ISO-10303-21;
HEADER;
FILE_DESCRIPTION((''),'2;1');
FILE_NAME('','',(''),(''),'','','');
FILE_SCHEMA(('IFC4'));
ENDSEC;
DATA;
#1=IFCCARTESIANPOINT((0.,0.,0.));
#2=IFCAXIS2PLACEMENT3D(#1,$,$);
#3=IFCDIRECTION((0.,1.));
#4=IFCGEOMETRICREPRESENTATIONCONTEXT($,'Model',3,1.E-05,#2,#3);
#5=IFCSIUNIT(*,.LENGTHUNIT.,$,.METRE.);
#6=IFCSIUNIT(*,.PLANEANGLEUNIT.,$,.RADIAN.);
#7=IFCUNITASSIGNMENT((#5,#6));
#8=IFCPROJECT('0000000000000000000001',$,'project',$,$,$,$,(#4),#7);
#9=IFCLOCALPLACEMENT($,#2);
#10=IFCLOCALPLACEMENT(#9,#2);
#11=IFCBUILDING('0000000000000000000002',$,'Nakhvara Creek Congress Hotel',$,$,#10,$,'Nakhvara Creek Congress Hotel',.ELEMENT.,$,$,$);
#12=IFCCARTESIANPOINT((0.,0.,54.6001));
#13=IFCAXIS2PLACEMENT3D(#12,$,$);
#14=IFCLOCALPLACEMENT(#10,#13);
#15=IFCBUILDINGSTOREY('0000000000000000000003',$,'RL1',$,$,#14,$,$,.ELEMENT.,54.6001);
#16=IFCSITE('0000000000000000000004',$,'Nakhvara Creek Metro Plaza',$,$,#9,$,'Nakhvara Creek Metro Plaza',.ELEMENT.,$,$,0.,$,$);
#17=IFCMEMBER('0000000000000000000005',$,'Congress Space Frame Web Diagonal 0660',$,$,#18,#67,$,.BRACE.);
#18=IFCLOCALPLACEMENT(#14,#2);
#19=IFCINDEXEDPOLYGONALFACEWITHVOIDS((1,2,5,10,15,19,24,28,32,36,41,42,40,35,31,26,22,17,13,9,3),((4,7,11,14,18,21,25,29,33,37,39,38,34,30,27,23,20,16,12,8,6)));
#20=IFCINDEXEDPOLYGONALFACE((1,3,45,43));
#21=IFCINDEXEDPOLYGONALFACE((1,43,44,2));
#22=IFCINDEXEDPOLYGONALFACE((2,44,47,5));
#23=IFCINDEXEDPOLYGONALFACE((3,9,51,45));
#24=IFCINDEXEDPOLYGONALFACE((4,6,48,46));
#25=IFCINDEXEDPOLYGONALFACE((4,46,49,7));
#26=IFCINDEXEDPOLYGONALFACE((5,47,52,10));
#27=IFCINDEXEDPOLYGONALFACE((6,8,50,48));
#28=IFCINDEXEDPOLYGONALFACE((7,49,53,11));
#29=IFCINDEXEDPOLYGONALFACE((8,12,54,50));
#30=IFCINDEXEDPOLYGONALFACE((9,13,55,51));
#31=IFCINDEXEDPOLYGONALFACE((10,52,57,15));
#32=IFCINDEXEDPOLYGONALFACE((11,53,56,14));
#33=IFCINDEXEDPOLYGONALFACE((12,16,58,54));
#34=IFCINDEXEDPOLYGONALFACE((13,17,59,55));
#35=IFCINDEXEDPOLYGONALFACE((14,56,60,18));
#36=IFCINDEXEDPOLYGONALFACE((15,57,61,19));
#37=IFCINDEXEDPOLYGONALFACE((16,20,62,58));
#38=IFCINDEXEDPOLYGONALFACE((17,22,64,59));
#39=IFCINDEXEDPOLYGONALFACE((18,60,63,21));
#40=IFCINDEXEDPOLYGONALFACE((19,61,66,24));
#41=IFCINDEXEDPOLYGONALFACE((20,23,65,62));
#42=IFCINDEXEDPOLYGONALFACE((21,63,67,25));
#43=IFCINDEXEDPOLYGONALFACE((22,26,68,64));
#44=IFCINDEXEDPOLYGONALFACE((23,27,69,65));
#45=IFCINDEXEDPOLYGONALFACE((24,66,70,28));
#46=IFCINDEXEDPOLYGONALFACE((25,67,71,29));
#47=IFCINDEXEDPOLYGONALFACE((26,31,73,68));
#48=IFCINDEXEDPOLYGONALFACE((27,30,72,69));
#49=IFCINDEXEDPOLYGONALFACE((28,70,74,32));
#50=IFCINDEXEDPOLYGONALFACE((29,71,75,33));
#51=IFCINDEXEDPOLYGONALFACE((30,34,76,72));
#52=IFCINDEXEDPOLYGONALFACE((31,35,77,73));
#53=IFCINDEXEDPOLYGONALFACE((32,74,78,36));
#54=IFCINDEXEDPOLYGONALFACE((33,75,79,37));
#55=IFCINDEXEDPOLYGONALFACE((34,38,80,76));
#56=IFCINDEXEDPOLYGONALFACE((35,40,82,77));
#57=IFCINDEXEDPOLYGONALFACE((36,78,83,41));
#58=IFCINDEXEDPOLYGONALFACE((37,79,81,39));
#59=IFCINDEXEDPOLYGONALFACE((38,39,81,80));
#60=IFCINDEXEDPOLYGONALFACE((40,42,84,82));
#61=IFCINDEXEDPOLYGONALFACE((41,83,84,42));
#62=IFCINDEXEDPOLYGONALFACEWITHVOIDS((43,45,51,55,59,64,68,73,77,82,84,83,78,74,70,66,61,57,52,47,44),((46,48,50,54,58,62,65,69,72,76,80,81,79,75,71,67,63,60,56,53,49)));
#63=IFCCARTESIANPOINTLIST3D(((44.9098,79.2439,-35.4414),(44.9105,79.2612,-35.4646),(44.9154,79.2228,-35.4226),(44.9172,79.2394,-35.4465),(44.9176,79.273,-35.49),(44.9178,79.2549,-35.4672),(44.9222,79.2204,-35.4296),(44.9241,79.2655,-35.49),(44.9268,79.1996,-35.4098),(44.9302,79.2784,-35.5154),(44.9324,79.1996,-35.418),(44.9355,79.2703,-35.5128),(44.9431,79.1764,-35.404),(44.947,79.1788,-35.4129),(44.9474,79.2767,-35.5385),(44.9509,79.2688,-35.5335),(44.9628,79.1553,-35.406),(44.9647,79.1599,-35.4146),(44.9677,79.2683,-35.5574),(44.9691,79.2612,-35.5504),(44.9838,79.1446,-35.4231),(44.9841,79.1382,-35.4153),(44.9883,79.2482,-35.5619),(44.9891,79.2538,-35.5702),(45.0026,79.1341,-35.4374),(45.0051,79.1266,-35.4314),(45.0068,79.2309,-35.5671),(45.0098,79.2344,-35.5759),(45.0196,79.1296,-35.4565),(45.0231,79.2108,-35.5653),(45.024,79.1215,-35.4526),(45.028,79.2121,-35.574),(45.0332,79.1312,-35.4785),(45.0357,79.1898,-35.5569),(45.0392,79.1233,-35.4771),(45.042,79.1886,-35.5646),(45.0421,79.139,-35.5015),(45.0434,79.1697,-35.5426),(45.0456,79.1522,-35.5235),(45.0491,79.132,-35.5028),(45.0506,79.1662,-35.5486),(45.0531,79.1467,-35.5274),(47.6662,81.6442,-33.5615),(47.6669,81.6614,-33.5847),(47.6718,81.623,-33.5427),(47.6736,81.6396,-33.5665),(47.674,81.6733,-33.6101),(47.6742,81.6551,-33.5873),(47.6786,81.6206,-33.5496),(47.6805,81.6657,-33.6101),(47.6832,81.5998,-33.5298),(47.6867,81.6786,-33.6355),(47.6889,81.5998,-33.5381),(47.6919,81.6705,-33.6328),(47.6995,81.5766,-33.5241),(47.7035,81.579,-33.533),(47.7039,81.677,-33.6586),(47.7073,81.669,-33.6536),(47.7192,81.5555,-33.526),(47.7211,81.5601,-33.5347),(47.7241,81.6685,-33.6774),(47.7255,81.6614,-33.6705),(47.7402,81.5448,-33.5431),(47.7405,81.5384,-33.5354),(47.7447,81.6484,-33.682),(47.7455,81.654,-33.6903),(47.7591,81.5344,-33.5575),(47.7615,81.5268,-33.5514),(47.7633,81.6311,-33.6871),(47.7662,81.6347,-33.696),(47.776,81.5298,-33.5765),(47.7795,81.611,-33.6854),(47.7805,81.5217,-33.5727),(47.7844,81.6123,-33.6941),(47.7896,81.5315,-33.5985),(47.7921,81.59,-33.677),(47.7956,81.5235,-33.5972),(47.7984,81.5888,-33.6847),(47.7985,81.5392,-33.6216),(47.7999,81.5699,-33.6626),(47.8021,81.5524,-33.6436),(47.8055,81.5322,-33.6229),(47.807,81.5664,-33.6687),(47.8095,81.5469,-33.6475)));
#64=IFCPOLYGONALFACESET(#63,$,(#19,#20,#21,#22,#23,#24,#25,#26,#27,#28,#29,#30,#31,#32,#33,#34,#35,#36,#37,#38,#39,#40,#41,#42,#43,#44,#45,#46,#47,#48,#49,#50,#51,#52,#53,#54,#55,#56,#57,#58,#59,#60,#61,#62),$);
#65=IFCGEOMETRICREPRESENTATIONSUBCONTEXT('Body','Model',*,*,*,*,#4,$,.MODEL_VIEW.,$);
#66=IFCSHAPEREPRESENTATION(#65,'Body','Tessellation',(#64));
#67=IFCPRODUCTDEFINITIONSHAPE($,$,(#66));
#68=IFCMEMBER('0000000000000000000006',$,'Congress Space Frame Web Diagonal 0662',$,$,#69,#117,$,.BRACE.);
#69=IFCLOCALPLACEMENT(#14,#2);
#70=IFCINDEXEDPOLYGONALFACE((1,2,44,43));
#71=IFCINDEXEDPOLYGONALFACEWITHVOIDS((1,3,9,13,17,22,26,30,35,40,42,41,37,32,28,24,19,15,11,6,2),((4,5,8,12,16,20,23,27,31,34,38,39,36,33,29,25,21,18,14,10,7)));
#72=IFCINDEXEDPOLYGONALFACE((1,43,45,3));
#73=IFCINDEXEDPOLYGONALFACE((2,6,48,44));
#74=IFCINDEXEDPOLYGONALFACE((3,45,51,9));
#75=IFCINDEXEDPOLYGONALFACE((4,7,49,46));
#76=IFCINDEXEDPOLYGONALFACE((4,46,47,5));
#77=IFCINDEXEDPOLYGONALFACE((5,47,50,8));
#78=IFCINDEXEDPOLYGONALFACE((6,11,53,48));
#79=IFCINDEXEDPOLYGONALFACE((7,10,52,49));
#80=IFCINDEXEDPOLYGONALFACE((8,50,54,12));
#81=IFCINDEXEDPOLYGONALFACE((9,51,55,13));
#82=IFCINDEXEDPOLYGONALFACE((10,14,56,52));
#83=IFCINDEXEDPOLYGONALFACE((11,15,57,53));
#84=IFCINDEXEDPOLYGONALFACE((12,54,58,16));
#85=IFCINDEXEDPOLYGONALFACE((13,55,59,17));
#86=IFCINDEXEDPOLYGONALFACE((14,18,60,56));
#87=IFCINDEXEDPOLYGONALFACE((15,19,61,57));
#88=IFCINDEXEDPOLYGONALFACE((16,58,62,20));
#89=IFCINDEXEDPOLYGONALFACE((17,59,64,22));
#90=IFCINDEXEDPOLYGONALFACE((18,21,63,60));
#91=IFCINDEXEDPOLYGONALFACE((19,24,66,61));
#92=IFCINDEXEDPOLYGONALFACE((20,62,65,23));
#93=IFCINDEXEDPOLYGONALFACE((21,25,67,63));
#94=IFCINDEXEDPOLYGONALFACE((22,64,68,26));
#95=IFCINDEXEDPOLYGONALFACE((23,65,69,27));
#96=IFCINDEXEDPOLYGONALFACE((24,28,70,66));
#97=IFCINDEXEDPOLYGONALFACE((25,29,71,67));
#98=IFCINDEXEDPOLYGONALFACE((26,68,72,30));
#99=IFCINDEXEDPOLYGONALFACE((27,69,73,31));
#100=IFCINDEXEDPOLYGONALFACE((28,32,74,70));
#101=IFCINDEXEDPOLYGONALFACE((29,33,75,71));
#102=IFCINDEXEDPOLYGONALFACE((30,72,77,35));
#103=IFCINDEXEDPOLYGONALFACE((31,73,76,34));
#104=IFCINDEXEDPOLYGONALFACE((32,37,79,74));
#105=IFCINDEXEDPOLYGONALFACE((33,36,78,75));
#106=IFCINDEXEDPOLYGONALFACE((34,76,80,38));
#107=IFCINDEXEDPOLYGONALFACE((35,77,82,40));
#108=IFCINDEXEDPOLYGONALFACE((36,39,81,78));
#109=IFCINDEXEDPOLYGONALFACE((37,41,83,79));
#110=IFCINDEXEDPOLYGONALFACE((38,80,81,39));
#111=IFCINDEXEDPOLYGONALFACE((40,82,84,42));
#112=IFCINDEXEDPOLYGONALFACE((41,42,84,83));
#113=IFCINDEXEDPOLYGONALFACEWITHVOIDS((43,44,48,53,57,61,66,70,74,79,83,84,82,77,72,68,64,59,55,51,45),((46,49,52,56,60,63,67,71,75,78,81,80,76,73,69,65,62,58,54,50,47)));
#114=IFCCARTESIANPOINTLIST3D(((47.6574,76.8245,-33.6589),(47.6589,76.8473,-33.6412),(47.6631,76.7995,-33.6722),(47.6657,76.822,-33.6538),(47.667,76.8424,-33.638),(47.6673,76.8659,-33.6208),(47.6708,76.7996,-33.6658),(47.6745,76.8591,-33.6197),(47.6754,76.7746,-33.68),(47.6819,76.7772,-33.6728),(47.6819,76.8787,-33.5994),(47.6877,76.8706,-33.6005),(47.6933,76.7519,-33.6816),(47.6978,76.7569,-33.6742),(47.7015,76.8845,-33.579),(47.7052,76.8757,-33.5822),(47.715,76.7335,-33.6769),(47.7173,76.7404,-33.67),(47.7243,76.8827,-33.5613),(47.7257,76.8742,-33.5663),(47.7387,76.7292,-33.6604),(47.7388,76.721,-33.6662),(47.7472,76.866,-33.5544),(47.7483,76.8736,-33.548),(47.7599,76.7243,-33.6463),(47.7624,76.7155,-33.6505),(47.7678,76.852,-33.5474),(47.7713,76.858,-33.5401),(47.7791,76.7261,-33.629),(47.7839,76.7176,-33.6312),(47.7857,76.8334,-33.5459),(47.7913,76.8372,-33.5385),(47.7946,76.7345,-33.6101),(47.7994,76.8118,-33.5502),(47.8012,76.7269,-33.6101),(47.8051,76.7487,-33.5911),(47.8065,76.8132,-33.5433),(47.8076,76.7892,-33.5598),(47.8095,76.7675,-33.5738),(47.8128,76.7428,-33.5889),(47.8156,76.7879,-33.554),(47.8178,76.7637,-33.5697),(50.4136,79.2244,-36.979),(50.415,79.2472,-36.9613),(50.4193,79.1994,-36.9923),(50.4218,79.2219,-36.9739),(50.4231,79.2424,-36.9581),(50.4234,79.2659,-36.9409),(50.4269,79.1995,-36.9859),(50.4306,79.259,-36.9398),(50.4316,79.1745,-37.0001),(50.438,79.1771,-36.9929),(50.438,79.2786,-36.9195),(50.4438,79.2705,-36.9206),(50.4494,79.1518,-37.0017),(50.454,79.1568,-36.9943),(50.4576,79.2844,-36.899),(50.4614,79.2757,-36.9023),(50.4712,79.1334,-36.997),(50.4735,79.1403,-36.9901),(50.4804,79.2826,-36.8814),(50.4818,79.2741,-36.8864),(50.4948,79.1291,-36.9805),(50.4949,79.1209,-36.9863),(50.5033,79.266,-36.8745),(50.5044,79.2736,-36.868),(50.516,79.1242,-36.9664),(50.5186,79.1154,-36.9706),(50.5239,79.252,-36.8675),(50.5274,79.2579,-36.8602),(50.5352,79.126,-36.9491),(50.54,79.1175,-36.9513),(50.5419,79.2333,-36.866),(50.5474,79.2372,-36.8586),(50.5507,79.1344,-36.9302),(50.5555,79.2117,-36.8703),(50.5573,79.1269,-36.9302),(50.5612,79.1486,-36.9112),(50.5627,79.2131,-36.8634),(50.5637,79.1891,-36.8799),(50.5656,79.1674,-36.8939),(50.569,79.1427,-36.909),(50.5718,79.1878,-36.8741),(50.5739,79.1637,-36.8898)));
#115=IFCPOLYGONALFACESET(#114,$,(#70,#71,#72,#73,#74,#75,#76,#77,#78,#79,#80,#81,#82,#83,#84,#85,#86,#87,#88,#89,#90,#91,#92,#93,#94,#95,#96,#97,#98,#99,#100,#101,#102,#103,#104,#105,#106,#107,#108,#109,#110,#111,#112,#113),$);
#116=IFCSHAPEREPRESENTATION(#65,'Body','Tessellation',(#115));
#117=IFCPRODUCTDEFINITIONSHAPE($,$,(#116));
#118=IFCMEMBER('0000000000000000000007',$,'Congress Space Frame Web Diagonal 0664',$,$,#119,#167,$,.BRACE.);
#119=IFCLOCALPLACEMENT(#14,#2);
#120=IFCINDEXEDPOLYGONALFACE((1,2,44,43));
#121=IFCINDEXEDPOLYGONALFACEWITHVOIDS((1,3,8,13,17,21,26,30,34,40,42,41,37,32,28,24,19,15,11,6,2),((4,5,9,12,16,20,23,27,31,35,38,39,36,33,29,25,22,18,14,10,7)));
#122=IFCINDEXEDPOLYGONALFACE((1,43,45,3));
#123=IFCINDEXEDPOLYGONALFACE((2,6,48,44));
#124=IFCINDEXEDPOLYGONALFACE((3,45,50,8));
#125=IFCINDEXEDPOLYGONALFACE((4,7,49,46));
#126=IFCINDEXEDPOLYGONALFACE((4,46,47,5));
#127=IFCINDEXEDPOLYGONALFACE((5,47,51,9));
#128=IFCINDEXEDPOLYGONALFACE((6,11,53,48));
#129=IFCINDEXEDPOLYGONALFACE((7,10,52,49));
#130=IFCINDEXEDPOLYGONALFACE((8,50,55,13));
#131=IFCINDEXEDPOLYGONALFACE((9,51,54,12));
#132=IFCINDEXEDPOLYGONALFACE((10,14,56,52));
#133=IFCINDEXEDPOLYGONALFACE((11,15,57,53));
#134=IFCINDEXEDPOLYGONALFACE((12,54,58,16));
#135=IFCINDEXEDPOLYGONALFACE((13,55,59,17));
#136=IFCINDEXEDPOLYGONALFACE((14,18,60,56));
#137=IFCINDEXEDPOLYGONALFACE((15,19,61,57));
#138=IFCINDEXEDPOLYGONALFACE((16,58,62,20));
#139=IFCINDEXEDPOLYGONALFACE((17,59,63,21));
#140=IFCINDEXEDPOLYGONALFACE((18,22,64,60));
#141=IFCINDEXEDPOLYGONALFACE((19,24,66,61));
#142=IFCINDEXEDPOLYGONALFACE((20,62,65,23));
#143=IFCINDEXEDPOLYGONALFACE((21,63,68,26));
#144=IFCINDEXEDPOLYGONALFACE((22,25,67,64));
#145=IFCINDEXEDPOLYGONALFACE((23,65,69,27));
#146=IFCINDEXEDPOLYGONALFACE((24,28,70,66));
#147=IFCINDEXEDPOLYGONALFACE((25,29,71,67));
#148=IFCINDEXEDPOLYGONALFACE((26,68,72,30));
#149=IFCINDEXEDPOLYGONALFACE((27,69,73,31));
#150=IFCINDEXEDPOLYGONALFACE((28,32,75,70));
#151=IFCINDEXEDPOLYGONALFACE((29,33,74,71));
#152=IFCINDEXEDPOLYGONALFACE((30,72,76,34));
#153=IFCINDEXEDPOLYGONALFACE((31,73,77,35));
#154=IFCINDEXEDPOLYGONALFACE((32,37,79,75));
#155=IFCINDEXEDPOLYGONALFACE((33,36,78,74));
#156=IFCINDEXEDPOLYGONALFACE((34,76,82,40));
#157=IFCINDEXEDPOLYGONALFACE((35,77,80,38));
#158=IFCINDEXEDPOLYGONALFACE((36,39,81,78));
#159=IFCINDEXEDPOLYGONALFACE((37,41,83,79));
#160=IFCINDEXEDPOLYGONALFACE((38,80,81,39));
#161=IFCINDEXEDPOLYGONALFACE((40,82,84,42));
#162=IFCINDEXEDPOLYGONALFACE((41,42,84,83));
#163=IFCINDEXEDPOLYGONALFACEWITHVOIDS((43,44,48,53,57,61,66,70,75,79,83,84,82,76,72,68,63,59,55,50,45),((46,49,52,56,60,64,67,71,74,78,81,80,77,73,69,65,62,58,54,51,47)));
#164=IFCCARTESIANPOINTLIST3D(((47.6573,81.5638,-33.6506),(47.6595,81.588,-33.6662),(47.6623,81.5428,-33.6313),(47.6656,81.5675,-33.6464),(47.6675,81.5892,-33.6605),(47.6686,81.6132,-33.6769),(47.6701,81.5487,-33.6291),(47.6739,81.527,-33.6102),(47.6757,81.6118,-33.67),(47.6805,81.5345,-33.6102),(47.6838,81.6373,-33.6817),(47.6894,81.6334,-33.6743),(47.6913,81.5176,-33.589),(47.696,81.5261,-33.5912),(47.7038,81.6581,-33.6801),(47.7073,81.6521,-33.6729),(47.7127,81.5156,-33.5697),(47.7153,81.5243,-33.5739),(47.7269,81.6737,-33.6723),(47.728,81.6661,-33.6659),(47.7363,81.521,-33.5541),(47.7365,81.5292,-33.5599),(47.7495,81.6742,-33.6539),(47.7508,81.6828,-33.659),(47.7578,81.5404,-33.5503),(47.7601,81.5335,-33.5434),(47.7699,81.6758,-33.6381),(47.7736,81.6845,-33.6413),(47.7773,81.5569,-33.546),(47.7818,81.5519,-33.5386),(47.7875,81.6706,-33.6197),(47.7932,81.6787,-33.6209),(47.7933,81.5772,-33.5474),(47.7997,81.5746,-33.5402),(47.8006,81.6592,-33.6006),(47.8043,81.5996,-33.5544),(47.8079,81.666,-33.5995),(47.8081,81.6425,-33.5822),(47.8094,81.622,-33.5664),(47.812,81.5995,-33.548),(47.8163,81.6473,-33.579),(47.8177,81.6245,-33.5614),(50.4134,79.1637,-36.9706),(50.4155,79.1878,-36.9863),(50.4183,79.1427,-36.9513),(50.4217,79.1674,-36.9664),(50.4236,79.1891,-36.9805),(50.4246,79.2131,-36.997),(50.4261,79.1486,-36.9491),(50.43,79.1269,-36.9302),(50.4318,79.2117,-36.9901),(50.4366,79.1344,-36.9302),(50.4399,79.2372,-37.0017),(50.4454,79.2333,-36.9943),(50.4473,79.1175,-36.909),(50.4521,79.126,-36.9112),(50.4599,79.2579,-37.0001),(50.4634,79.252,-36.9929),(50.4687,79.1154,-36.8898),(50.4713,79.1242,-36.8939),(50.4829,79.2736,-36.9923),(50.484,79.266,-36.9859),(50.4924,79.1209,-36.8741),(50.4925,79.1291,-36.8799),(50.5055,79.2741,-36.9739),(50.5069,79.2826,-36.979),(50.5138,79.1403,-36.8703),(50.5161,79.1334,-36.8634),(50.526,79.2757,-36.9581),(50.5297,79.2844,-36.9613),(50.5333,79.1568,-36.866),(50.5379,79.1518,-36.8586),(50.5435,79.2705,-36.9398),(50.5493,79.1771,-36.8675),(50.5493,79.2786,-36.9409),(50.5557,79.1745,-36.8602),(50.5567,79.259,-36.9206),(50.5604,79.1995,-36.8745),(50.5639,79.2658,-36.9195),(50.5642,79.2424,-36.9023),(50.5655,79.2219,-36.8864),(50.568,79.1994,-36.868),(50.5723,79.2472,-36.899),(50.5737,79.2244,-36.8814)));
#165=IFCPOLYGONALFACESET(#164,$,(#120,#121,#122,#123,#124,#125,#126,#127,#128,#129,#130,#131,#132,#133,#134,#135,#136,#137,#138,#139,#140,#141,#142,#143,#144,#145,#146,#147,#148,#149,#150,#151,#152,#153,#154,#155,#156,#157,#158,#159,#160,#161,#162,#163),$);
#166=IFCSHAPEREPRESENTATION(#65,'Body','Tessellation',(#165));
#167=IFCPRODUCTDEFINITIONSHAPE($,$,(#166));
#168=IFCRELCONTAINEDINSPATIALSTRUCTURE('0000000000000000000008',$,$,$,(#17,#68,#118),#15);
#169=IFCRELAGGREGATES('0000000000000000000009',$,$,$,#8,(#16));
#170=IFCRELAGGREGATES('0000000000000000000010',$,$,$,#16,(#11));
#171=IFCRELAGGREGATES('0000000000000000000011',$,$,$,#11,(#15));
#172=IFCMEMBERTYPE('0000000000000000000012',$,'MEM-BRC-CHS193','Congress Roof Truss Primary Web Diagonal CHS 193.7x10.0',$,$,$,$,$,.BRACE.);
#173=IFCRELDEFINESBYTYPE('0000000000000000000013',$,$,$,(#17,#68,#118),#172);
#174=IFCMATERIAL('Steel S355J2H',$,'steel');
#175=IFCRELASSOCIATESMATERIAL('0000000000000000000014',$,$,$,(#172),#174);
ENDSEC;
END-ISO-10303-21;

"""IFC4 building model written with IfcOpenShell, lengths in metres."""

from ifc_helpers import new_model, si_unit, direction, frame, origin, origin_2d, place, context, subcontext, project, spatial, hollow_circle, extrude, material, material_profile, profile_set, type_object, element, save


model = new_model("IFC4")

# Units and contexts
model_context = context("Model", 3, precision=1e-05, world=origin(), true_north=direction((0.0, 1.0)))
body_context = subcontext(model_context, "Body", "Model", "MODEL_VIEW")
ifc_project = project(units=[si_unit("LENGTHUNIT", "METRE"), si_unit("PLANEANGLEUNIT", "RADIAN")], contexts=[model_context])

# Site, building, storey
site_placement = place(None, origin())
site = spatial("IfcSite", under=ifc_project, at=site_placement, Name="Nakhvara Creek Metro Plaza", LongName="Nakhvara Creek Metro Plaza", CompositionType="ELEMENT", RefElevation=0.0)
building_placement = place(site_placement, origin())
building = spatial("IfcBuilding", under=site, at=building_placement, Name="Nakhvara Creek Congress Hotel", LongName="Nakhvara Creek Congress Hotel", CompositionType="ELEMENT")
storey_placement = place(building_placement, frame((0.0, 0.0, 54.6001)))
storey = spatial("IfcBuildingStorey", under=building, at=storey_placement, Name="RL1", CompositionType="ELEMENT", Elevation=54.6001)

# Members
ifc_material_1 = material(Name="Steel S355J2H", Category="steel")
ifc_material_profile_1 = material_profile(ifc_material_1, hollow_circle(Radius=0.0969, WallThickness=0.01, at=origin_2d()), Name="CHS 193.7x10.0", Category="LoadBearing")
ifc_profile_set_1 = profile_set([ifc_material_profile_1], Name="Steel S355J2H")
member_type_1 = type_object("IfcMemberType", Name="MEM-BRC-CHS193", Description="Congress Roof Truss Primary Web Diagonal CHS 193.7x10.0", PredefinedType="BRACE", material=ifc_profile_set_1)
member_1_placement = place(storey_placement, frame((44.9812, 79.2, -35.49), z_axis=(0.670644, 0.583977, 0.457392), x_axis=(-0.656696, 0.754155, 0.0)))
element("IfcMember", 1, at=member_1_placement, inside=storey, type_object=member_type_1, Name="Congress Space Frame Web Diagonal 0660", PredefinedType="BRACE", context=body_context, shape_type="SweptSolid", body=[
    extrude(hollow_circle(Radius=0.0969, WallThickness=0.01, at=origin_2d()), origin(), (0.0, 0.0, 1.0), 4.1101),
])
for number, where, z_axis, x_axis, name in (
    (2, (50.4937, 79.2, -36.9302), (-0.558203, -0.48606, 0.672425), (0.656691, -0.75416, 0.0), "Congress Space Frame Web Diagonal 0662"),
    (3, (50.4937, 79.2, -36.9302), (-0.55819, 0.486098, 0.672408), (-0.656729, -0.754126, 0.0), "Congress Space Frame Web Diagonal 0664"),
):
    element("IfcMember", number, at=place(storey_placement, frame(where, z_axis=z_axis, x_axis=x_axis)), inside=storey, type_object=member_type_1, Name=name, PredefinedType="BRACE", context=body_context, shape_type="SweptSolid", body=[
        extrude(hollow_circle(Radius=0.0969, WallThickness=0.01, at=origin_2d()), origin(), (0.0, 0.0, 1.0), 4.9375),
    ])

save(model, "model.ifc")
